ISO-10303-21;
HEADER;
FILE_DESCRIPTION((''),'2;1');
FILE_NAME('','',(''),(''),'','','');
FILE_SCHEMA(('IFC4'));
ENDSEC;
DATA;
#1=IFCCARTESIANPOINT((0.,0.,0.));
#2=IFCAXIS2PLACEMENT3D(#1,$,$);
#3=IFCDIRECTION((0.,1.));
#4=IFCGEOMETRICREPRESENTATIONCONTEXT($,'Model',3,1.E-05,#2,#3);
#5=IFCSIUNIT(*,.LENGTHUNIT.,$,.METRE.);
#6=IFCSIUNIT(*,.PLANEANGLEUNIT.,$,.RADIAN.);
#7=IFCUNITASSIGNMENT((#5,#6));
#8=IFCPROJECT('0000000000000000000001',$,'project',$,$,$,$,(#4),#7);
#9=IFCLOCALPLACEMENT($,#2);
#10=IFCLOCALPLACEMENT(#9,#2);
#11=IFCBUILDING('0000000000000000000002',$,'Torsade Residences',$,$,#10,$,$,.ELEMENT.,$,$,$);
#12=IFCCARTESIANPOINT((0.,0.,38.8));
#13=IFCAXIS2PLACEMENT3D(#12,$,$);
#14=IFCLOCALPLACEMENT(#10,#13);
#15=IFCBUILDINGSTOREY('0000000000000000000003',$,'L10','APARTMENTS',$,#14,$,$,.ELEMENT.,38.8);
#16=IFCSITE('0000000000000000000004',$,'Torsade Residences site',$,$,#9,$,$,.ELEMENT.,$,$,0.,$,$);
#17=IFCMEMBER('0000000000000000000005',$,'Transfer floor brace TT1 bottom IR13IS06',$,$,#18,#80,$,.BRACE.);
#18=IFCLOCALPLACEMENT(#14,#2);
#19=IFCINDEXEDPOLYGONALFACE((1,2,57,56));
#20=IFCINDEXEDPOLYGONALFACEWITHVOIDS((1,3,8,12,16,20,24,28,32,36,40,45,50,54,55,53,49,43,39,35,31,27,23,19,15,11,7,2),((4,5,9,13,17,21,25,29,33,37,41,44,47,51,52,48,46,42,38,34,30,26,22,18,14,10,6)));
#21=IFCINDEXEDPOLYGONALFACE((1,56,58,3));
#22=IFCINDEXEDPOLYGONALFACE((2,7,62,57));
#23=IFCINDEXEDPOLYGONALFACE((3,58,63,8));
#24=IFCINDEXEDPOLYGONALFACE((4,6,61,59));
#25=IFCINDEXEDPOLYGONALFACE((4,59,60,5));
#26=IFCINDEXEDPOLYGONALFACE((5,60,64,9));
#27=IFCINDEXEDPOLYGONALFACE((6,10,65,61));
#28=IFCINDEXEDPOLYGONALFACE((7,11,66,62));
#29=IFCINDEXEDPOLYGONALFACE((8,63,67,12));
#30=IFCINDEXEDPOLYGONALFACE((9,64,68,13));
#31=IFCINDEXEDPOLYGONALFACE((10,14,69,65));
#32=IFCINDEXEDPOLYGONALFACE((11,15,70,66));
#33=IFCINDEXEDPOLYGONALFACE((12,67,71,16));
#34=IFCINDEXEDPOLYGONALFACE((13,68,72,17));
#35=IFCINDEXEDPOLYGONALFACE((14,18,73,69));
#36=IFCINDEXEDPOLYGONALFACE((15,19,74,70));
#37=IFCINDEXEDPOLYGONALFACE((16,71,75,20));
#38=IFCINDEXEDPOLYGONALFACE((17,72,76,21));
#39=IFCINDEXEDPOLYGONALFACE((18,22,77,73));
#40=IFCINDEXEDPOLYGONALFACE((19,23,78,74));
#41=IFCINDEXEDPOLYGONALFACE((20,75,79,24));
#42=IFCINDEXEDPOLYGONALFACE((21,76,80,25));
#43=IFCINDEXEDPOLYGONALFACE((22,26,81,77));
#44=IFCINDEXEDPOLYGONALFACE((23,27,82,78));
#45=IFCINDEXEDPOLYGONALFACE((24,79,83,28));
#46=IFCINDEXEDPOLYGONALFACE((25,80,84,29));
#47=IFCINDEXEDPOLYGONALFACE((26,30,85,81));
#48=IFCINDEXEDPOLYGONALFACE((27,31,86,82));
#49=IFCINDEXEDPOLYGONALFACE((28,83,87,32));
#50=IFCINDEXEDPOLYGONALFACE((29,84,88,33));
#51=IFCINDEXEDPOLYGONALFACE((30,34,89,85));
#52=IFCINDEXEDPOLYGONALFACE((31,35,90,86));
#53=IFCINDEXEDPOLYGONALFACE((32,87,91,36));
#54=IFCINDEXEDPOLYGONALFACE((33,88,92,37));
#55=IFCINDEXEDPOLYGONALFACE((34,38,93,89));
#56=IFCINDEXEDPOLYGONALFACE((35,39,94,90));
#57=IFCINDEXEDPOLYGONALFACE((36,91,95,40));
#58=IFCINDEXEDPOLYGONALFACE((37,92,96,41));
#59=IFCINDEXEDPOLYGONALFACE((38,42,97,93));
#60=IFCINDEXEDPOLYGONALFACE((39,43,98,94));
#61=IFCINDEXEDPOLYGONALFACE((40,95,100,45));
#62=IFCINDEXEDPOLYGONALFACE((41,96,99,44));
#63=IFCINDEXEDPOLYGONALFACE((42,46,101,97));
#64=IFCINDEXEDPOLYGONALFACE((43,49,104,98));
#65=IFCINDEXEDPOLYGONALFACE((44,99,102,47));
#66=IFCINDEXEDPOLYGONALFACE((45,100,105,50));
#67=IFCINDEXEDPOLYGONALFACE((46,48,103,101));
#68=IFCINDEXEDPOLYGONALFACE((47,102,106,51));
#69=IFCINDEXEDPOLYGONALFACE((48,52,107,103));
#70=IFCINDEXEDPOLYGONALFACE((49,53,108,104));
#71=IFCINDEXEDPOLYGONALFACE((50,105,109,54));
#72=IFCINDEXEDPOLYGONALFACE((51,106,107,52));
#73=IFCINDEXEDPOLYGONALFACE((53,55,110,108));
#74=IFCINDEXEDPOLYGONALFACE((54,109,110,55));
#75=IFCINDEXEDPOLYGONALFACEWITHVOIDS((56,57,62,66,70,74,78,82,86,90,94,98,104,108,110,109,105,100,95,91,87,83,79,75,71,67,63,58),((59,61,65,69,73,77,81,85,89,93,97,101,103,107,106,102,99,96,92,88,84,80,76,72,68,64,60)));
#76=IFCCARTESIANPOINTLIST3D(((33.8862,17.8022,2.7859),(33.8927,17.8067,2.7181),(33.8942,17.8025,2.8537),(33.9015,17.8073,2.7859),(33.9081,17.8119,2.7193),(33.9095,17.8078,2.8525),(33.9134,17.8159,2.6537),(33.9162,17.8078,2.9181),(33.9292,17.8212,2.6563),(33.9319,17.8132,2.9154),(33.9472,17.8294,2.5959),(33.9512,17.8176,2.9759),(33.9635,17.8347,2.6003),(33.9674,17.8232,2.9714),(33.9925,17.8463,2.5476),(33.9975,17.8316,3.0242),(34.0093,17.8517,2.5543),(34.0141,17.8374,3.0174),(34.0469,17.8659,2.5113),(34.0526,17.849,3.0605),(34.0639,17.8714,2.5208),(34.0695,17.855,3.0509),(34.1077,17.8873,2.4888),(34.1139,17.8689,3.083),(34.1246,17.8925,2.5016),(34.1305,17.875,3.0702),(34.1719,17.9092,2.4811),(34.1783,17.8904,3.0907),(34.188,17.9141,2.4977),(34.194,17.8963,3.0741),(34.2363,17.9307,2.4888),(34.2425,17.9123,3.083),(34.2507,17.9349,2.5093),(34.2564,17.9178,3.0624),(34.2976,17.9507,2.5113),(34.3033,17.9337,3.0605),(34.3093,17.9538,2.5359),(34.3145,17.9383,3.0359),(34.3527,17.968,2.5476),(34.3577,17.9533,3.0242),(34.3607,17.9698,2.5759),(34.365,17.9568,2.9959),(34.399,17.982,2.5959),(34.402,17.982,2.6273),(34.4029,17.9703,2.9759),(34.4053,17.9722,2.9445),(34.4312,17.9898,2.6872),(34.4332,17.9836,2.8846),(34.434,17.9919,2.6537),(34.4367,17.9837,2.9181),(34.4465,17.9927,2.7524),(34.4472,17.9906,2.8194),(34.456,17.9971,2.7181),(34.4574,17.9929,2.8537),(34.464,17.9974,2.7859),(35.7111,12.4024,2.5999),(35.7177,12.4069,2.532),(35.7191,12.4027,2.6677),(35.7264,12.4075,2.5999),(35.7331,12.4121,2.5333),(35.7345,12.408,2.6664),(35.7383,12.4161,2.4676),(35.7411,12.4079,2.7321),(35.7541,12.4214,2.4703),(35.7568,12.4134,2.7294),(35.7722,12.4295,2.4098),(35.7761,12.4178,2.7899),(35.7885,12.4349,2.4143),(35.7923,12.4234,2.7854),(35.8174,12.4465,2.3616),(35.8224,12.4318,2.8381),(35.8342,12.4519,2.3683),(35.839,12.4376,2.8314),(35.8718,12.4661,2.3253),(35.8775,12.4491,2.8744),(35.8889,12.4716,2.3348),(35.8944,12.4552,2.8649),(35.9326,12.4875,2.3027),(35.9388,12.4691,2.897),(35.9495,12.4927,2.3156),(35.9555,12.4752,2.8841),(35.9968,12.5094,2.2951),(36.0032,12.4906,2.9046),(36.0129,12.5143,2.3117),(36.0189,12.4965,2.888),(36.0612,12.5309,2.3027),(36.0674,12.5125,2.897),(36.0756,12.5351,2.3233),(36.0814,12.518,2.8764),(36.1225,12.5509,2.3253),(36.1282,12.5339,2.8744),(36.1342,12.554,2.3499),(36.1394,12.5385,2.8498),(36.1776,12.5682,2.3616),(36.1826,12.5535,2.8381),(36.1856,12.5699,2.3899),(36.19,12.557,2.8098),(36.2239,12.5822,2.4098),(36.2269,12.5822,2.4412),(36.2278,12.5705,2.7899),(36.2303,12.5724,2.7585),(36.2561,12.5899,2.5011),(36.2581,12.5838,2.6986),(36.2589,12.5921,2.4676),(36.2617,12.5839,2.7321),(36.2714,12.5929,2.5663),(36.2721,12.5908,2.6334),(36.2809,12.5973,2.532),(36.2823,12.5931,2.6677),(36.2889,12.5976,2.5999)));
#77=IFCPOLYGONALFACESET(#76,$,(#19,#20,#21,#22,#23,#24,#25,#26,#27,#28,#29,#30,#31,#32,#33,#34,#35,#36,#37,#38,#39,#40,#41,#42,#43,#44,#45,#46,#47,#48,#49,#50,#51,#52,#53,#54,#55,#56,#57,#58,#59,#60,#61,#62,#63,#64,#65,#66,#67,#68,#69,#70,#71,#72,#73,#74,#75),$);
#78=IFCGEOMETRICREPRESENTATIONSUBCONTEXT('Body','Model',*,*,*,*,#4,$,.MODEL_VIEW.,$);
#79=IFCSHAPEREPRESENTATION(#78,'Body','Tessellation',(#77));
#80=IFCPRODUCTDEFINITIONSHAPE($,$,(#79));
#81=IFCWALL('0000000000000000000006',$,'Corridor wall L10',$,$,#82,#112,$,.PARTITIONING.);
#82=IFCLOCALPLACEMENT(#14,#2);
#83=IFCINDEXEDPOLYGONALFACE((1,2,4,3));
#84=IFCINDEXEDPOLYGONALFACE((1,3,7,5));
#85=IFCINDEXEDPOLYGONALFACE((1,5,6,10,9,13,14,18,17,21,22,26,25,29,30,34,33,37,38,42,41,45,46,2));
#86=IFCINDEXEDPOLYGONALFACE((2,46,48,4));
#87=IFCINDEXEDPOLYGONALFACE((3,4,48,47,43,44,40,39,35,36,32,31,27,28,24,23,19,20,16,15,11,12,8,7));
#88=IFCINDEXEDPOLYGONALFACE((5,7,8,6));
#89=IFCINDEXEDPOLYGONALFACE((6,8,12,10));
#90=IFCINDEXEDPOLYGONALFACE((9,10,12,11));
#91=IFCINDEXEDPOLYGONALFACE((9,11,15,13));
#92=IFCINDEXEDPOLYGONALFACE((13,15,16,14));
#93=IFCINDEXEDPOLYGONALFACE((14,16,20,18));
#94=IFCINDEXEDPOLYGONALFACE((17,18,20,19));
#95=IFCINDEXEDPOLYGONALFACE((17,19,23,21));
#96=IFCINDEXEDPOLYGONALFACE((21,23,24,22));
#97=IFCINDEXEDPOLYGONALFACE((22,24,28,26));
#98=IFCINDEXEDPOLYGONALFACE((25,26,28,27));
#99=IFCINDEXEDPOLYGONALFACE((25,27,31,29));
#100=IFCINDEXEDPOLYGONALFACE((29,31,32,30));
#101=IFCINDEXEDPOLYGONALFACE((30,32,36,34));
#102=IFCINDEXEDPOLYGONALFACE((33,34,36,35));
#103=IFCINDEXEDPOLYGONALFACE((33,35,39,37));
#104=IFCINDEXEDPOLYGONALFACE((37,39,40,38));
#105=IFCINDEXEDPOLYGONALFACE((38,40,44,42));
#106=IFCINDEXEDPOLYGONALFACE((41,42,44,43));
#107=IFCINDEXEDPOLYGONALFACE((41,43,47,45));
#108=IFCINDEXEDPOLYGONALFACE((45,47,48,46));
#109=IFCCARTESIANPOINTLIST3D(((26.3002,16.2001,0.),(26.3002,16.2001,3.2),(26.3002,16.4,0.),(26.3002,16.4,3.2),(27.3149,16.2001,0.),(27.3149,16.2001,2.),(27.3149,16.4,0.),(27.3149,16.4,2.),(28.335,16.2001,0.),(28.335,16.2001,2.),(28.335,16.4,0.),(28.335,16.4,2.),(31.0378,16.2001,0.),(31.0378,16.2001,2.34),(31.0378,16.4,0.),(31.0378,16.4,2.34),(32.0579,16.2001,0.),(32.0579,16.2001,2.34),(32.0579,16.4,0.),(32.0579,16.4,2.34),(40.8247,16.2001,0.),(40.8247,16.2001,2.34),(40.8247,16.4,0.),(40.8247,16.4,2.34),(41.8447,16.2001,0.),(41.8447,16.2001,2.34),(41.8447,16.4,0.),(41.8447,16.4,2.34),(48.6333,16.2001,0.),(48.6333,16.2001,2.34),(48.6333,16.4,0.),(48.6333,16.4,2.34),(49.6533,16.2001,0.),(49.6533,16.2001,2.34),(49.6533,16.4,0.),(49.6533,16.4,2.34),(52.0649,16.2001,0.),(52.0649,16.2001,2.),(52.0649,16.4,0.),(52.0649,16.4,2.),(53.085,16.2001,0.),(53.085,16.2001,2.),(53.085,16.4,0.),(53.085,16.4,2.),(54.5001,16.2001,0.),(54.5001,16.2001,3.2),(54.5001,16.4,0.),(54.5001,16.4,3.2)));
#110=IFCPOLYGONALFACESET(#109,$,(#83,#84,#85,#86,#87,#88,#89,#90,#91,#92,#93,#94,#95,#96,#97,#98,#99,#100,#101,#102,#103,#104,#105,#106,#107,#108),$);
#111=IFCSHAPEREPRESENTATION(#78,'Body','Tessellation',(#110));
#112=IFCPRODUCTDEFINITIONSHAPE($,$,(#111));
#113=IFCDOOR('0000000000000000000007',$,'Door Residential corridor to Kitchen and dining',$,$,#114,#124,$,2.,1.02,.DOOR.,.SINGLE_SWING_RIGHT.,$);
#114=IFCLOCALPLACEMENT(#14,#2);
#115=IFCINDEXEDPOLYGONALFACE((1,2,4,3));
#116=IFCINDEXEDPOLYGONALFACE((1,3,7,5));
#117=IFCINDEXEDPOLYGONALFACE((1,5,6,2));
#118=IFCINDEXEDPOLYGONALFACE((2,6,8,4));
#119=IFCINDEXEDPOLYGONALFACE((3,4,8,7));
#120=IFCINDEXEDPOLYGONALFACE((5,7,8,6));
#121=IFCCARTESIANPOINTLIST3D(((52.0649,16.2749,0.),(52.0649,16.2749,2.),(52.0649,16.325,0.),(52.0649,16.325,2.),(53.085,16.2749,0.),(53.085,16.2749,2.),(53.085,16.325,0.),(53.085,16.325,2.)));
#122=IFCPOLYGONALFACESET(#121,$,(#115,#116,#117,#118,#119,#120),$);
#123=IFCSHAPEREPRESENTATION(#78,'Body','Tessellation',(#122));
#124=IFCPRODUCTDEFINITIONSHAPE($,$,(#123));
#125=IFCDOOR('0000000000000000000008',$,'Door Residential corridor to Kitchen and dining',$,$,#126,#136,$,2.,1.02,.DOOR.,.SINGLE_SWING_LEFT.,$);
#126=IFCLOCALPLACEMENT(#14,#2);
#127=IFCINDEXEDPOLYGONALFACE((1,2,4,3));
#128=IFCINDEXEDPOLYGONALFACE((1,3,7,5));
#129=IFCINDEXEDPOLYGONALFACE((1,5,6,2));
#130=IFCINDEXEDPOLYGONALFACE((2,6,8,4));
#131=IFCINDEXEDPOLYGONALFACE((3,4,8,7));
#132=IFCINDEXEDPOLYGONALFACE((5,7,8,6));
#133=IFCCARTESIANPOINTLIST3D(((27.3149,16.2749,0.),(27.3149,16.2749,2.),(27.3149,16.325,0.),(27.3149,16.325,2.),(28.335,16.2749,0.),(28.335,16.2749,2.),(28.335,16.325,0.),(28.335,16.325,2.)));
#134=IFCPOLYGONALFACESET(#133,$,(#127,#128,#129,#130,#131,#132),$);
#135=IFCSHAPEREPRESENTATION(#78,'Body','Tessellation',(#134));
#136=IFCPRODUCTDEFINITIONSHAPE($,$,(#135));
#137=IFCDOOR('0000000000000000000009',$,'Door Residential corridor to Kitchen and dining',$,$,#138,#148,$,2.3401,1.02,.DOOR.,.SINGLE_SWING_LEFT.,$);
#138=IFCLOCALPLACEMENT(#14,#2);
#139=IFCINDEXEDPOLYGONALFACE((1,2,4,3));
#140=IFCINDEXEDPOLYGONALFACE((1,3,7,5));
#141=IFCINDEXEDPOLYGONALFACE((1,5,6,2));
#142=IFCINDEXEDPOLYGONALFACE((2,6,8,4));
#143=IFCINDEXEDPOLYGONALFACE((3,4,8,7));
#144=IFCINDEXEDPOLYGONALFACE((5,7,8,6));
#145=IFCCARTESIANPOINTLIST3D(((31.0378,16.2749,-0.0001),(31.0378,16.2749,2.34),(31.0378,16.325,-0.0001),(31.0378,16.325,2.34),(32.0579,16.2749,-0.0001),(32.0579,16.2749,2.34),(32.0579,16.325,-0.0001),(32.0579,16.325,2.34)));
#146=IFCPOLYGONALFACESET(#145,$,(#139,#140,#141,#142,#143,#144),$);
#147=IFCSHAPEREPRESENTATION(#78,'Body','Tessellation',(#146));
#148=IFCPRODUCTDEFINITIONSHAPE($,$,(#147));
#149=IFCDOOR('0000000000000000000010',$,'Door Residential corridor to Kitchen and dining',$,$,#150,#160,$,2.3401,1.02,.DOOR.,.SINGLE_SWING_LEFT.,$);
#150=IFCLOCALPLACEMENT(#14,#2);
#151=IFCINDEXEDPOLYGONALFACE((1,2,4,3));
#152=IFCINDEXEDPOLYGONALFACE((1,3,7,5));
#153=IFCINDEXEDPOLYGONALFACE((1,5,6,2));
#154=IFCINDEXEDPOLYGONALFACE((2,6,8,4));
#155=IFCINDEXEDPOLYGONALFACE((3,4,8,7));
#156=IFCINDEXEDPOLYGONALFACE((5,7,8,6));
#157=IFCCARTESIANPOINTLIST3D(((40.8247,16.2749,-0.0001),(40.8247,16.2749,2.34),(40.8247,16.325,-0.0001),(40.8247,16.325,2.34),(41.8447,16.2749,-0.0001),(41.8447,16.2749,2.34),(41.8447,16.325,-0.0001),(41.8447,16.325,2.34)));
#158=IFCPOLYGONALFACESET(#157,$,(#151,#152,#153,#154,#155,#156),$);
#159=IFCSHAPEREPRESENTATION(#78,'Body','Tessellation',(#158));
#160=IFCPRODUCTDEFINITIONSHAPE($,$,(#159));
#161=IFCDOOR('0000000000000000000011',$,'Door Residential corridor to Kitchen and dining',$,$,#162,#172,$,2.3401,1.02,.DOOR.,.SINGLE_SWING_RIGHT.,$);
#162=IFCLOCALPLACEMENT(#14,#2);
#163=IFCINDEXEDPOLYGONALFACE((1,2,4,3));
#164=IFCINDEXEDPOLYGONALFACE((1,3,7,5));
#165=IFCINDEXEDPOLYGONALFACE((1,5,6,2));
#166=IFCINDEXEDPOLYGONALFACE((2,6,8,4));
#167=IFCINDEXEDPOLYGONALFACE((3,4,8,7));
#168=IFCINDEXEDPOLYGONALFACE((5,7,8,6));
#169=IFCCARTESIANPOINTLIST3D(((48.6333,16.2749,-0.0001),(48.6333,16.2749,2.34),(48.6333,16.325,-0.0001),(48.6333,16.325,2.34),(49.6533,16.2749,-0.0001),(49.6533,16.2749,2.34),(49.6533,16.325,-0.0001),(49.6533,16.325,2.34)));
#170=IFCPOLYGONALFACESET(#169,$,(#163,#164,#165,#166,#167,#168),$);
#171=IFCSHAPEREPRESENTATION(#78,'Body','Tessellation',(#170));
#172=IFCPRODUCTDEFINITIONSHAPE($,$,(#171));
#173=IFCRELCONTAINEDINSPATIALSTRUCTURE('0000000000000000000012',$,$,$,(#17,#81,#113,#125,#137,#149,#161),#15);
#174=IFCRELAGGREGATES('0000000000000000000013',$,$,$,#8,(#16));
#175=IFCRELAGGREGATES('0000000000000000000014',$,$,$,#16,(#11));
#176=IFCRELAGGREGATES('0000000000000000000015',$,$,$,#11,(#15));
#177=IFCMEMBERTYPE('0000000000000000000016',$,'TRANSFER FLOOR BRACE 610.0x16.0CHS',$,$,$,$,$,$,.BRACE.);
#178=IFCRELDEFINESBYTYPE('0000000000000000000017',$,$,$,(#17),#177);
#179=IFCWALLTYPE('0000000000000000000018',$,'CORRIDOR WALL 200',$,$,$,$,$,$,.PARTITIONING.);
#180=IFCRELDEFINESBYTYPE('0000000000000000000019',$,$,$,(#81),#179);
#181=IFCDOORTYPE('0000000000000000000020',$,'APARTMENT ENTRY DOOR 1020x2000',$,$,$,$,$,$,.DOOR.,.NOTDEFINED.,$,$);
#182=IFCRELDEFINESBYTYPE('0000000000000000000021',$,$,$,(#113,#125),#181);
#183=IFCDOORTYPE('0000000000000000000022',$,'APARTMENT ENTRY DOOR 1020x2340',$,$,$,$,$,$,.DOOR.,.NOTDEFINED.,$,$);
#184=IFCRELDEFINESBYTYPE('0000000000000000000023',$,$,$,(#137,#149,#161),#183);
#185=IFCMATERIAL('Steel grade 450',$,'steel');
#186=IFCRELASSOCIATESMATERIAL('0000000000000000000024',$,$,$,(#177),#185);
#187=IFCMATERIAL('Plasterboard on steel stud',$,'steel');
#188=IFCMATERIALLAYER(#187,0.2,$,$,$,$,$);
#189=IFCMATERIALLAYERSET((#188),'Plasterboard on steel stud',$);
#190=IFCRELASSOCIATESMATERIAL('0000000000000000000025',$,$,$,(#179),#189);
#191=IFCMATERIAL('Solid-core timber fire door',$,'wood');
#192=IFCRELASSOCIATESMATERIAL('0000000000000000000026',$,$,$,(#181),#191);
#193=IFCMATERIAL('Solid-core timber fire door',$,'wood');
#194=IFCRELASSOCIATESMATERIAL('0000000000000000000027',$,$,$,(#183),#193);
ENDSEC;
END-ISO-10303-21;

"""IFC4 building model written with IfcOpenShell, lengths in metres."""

from ifc_helpers import new_model, si_unit, direction, frame, frame_2d, origin, origin_2d, place, context, subcontext, project, spatial, rectangle, hollow_circle, extrude, material, layer, layer_set, material_profile, profile_set, type_object, element, fill, save


model = new_model("IFC4")

# Units and contexts
model_context = context("Model", 3, precision=1e-05, world=origin(), true_north=direction((0.0, 1.0)))
body_context = subcontext(model_context, "Body", "Model", "MODEL_VIEW")
ifc_project = project(units=[si_unit("LENGTHUNIT", "METRE"), si_unit("PLANEANGLEUNIT", "RADIAN")], contexts=[model_context])

# Site, building, storey
site_placement = place(None, origin())
site = spatial("IfcSite", under=ifc_project, at=site_placement, Name="Torsade Residences site", CompositionType="ELEMENT", RefElevation=0.0)
building_placement = place(site_placement, origin())
building = spatial("IfcBuilding", under=site, at=building_placement, Name="Torsade Residences", CompositionType="ELEMENT")
storey_placement = place(building_placement, frame((0.0, 0.0, 38.8)))
storey = spatial("IfcBuildingStorey", under=building, at=storey_placement, Name="L10", Description="APARTMENTS", CompositionType="ELEMENT", Elevation=38.8)

# Member
ifc_material_1 = material(Name="Steel grade 450", Category="steel")
ifc_material_profile_1 = material_profile(ifc_material_1, hollow_circle(Radius=0.3049, WallThickness=0.0161, at=origin_2d()), Name="610.0x16.0CHS")
ifc_profile_set_1 = profile_set([ifc_material_profile_1], Name="Steel grade 450")
member_type = type_object("IfcMemberType", Name="TRANSFER FLOOR BRACE 610.0x16.0CHS", PredefinedType="BRACE", material=ifc_profile_set_1)
member_1_placement = place(storey_placement, frame((36.0, 12.5, 2.5999), z_axis=(-0.319999, 0.946856, 0.032621), x_axis=(-0.94736, -0.32017, 0.0)))
element("IfcMember", 1, at=member_1_placement, inside=storey, type_object=member_type, Name="Transfer floor brace TT1 bottom IR13IS06", PredefinedType="BRACE", context=body_context, shape_type="SweptSolid", body=[
    extrude(hollow_circle(Radius=0.3049, WallThickness=0.0161, at=origin_2d()), origin(), (0.0, 0.0, 1.0), 5.7029),
])

# Wall, openings, doors
ifc_material_2 = material(Name="Plasterboard on steel stud", Category="steel")
ifc_layer_1 = layer(ifc_material_2, 0.2)
ifc_layer_set_1 = layer_set([ifc_layer_1], Name="Plasterboard on steel stud")
wall_type_1 = type_object("IfcWallType", Name="CORRIDOR WALL 200", PredefinedType="PARTITIONING", material=ifc_layer_set_1)
wall_1_placement = place(storey_placement, frame((26.3, 16.3, 0.0), z_axis=(0.0, 0.0, 1.0), x_axis=(1.0, 0.0, 0.0)))
wall_1 = element("IfcWall", 2, at=wall_1_placement, inside=storey, type_object=wall_type_1, Name="Corridor wall L10", PredefinedType="PARTITIONING", context=body_context, shape_type="SweptSolid", body=[
    extrude(rectangle(XDim=28.2, YDim=0.2, at=frame_2d((14.1001, 0.0))), origin(), (0.0, 0.0, 1.0), 3.2),
])
opening_1_placement = place(wall_1_placement, frame((4.7378, 0.0, 0.0)))
opening_1 = element("IfcOpeningElement", 3, at=opening_1_placement, cuts=wall_1, PredefinedType="OPENING", context=body_context, shape_type="SweptSolid", body=[
    extrude(rectangle(XDim=1.02, YDim=2.3401, at=frame_2d((0.51, 1.1699))), frame((0.0, 0.1099, 0.0), z_axis=(0.0, -1.0, 0.0), x_axis=(1.0, 0.0, 0.0)), (0.0, 0.0, 1.0), 0.22),
])
opening_2_placement = place(wall_1_placement, frame((14.5247, 0.0, 0.0)))
opening_2 = element("IfcOpeningElement", 4, at=opening_2_placement, cuts=wall_1, PredefinedType="OPENING", context=body_context, shape_type="SweptSolid", body=[
    extrude(rectangle(XDim=1.02, YDim=2.3401, at=frame_2d((0.51, 1.1699))), frame((0.0, 0.1099, 0.0), z_axis=(0.0, -1.0, 0.0), x_axis=(1.0, 0.0, 0.0)), (0.0, 0.0, 1.0), 0.22),
])
opening_3_placement = place(wall_1_placement, frame((22.3333, 0.0, 0.0)))
opening_3 = element("IfcOpeningElement", 5, at=opening_3_placement, cuts=wall_1, PredefinedType="OPENING", context=body_context, shape_type="SweptSolid", body=[
    extrude(rectangle(XDim=1.02, YDim=2.3401, at=frame_2d((0.51, 1.1699))), frame((0.0, 0.1099, 0.0), z_axis=(0.0, -1.0, 0.0), x_axis=(1.0, 0.0, 0.0)), (0.0, 0.0, 1.0), 0.22),
])
opening_4_placement = place(wall_1_placement, frame((25.7649, 0.0, 0.0)))
opening_4 = element("IfcOpeningElement", 6, at=opening_4_placement, cuts=wall_1, PredefinedType="OPENING", context=body_context, shape_type="SweptSolid", body=[
    extrude(rectangle(XDim=1.02, YDim=2.0, at=frame_2d((0.51, 1.0))), frame((0.0, 0.1099, 0.0), z_axis=(0.0, -1.0, 0.0), x_axis=(1.0, 0.0, 0.0)), (0.0, 0.0, 1.0), 0.22),
])
opening_5_placement = place(wall_1_placement, frame((1.0149, 0.0, 0.0)))
opening_5 = element("IfcOpeningElement", 7, at=opening_5_placement, cuts=wall_1, PredefinedType="OPENING", context=body_context, shape_type="SweptSolid", body=[
    extrude(rectangle(XDim=1.02, YDim=2.0, at=frame_2d((0.51, 1.0))), frame((0.0, 0.1099, 0.0), z_axis=(0.0, -1.0, 0.0), x_axis=(1.0, 0.0, 0.0)), (0.0, 0.0, 1.0), 0.22),
])
ifc_material_3 = material(Name="Solid-core timber fire door", Category="wood")
door_type_1 = type_object("IfcDoorType", Name="APARTMENT ENTRY DOOR 1020x2000", OperationType="NOTDEFINED", PredefinedType="DOOR", material=ifc_material_3)
door_1_placement = place(opening_4_placement, origin())
door_1 = element("IfcDoor", 8, at=door_1_placement, inside=storey, type_object=door_type_1, Name="Door Residential corridor to Kitchen and dining", OperationType="SINGLE_SWING_RIGHT", OverallHeight=2.0, OverallWidth=1.02, PredefinedType="DOOR", context=body_context, shape_type="SweptSolid", body=[
    extrude(rectangle(XDim=1.02, YDim=2.0, at=frame_2d((0.51, 1.0))), frame((0.0, 0.0249, 0.0), z_axis=(0.0, -1.0, 0.0), x_axis=(1.0, 0.0, 0.0)), (0.0, 0.0, 1.0), 0.05),
])
fill(opening_4, door_1)
door_2_placement = place(opening_5_placement, origin())
door_2 = element("IfcDoor", 9, at=door_2_placement, inside=storey, type_object=door_type_1, Name="Door Residential corridor to Kitchen and dining", OperationType="SINGLE_SWING_LEFT", OverallHeight=2.0, OverallWidth=1.02, PredefinedType="DOOR", context=body_context, shape_type="SweptSolid", body=[
    extrude(rectangle(XDim=1.02, YDim=2.0, at=frame_2d((0.51, 1.0))), frame((0.0, 0.0249, 0.0), z_axis=(0.0, -1.0, 0.0), x_axis=(1.0, 0.0, 0.0)), (0.0, 0.0, 1.0), 0.05),
])
fill(opening_5, door_2)
ifc_material_4 = material(Name="Solid-core timber fire door", Category="wood")
door_type_2 = type_object("IfcDoorType", Name="APARTMENT ENTRY DOOR 1020x2340", OperationType="NOTDEFINED", PredefinedType="DOOR", material=ifc_material_4)
door_3_placement = place(opening_1_placement, origin())
door_3 = element("IfcDoor", 10, at=door_3_placement, inside=storey, type_object=door_type_2, Name="Door Residential corridor to Kitchen and dining", OperationType="SINGLE_SWING_LEFT", OverallHeight=2.3401, OverallWidth=1.02, PredefinedType="DOOR", context=body_context, shape_type="SweptSolid", body=[
    extrude(rectangle(XDim=1.02, YDim=2.3401, at=frame_2d((0.51, 1.1699))), frame((0.0, 0.0249, 0.0), z_axis=(0.0, -1.0, 0.0), x_axis=(1.0, 0.0, 0.0)), (0.0, 0.0, 1.0), 0.05),
])
fill(opening_1, door_3)
door_4_placement = place(opening_2_placement, origin())
door_4 = element("IfcDoor", 11, at=door_4_placement, inside=storey, type_object=door_type_2, Name="Door Residential corridor to Kitchen and dining", OperationType="SINGLE_SWING_LEFT", OverallHeight=2.3401, OverallWidth=1.02, PredefinedType="DOOR", context=body_context, shape_type="SweptSolid", body=[
    extrude(rectangle(XDim=1.02, YDim=2.3401, at=frame_2d((0.51, 1.1699))), frame((0.0, 0.0249, 0.0), z_axis=(0.0, -1.0, 0.0), x_axis=(1.0, 0.0, 0.0)), (0.0, 0.0, 1.0), 0.05),
])
fill(opening_2, door_4)
door_5_placement = place(opening_3_placement, origin())
door_5 = element("IfcDoor", 12, at=door_5_placement, inside=storey, type_object=door_type_2, Name="Door Residential corridor to Kitchen and dining", OperationType="SINGLE_SWING_RIGHT", OverallHeight=2.3401, OverallWidth=1.02, PredefinedType="DOOR", context=body_context, shape_type="SweptSolid", body=[
    extrude(rectangle(XDim=1.02, YDim=2.3401, at=frame_2d((0.51, 1.1699))), frame((0.0, 0.0249, 0.0), z_axis=(0.0, -1.0, 0.0), x_axis=(1.0, 0.0, 0.0)), (0.0, 0.0, 1.0), 0.05),
])
fill(opening_3, door_5)

save(model, "model.ifc")
